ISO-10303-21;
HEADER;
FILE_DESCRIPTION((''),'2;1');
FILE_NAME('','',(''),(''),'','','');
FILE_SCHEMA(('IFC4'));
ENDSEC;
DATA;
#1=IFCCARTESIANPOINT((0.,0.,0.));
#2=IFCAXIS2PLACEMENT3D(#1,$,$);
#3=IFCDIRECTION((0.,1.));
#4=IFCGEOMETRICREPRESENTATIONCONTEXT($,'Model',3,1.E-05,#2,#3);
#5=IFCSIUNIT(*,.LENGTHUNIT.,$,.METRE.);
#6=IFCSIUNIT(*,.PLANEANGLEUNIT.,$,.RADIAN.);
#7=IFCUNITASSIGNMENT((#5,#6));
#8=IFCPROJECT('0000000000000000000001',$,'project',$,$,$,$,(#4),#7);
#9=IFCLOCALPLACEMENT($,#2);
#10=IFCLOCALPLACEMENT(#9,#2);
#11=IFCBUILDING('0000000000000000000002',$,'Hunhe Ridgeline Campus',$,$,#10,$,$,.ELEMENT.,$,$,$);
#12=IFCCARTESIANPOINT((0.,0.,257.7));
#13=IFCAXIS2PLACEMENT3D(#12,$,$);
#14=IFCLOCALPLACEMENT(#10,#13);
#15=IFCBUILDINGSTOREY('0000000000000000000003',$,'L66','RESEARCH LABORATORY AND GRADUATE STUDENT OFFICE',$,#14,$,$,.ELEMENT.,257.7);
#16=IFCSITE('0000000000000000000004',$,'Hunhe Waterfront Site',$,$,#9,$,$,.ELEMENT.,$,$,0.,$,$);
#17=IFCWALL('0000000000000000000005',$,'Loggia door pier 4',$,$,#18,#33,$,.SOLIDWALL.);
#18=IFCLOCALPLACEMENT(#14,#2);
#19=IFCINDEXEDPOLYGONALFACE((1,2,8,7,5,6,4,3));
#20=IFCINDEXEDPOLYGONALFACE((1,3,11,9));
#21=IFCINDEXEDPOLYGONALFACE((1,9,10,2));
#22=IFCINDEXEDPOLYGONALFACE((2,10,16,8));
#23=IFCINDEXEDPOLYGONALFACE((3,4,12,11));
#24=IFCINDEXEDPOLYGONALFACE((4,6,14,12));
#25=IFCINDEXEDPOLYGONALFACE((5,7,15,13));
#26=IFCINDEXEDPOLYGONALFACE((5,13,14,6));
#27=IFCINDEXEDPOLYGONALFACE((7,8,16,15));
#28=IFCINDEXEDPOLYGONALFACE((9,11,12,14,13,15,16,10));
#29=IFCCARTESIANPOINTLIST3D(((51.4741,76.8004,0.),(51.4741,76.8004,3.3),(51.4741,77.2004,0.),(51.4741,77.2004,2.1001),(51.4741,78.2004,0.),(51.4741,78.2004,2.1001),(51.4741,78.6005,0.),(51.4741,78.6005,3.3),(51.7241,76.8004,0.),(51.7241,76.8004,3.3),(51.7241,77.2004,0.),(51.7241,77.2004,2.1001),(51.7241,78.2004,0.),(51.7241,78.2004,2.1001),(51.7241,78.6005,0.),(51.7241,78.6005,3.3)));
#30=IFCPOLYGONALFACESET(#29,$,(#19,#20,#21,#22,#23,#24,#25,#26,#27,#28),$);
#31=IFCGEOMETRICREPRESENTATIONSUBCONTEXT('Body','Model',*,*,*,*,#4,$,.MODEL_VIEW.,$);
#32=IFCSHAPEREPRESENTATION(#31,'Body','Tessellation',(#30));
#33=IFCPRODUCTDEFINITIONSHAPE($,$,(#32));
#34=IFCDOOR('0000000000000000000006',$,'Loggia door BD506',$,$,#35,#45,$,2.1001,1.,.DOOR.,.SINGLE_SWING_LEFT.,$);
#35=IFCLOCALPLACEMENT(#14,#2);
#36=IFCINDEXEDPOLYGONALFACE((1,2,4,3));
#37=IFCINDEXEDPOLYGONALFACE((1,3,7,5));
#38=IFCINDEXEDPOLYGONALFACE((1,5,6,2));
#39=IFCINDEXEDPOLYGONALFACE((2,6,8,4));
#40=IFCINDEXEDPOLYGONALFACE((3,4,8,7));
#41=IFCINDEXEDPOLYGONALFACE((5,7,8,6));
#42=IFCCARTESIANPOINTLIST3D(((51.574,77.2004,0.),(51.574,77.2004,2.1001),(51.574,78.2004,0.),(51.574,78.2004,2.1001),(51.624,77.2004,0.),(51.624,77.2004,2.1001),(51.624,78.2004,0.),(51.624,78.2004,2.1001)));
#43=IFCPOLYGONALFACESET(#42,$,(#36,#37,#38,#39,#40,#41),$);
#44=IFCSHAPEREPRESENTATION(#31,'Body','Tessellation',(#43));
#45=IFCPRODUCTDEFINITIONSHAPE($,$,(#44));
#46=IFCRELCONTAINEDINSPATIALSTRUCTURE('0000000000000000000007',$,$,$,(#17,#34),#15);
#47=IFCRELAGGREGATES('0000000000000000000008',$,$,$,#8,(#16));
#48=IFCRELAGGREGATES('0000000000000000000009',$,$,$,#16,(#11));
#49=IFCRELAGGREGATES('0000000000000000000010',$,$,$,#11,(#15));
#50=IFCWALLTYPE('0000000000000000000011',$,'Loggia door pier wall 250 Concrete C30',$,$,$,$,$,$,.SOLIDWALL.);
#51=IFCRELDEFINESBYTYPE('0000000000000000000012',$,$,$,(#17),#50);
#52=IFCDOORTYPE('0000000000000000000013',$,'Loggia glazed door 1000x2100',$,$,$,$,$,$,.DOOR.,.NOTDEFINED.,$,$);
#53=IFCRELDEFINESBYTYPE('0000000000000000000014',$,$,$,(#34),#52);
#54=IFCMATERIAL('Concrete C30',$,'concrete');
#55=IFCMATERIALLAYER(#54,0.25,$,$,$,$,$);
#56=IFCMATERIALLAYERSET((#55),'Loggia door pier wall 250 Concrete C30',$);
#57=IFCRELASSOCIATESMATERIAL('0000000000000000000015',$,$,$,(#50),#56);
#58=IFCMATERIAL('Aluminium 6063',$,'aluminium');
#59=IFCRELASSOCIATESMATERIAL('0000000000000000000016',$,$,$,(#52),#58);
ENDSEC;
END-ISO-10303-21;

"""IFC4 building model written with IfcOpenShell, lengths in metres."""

from ifc_helpers import new_model, si_unit, direction, frame, frame_2d, origin, place, context, subcontext, project, spatial, rectangle, extrude, material, layer, layer_set, type_object, element, fill, save


model = new_model("IFC4")

# Units and contexts
model_context = context("Model", 3, precision=1e-05, world=origin(), true_north=direction((0.0, 1.0)))
body_context = subcontext(model_context, "Body", "Model", "MODEL_VIEW")
ifc_project = project(units=[si_unit("LENGTHUNIT", "METRE"), si_unit("PLANEANGLEUNIT", "RADIAN")], contexts=[model_context])

# Site, building, storey
site_placement = place(None, origin())
site = spatial("IfcSite", under=ifc_project, at=site_placement, Name="Hunhe Waterfront Site", CompositionType="ELEMENT", RefElevation=0.0)
building_placement = place(site_placement, origin())
building = spatial("IfcBuilding", under=site, at=building_placement, Name="Hunhe Ridgeline Campus", CompositionType="ELEMENT")
storey_placement = place(building_placement, frame((0.0, 0.0, 257.7)))
storey = spatial("IfcBuildingStorey", under=building, at=storey_placement, Name="L66", Description="RESEARCH LABORATORY AND GRADUATE STUDENT OFFICE", CompositionType="ELEMENT", Elevation=257.7)

# Shared definitions
ifc_material_1 = material(Name="Aluminium 6063", Category="aluminium")

# Wall, opening, door
ifc_material_2 = material(Name="Concrete C30", Category="concrete")
ifc_layer_1 = layer(ifc_material_2, 0.25)
ifc_layer_set_1 = layer_set([ifc_layer_1], Name="Loggia door pier wall 250 Concrete C30")
wall_type_1 = type_object("IfcWallType", Name="Loggia door pier wall 250 Concrete C30", PredefinedType="SOLIDWALL", material=ifc_layer_set_1)
wall_1_placement = place(storey_placement, frame((51.5991, 76.8005, 0.0), z_axis=(0.0, 0.0, 1.0), x_axis=(0.0, 1.0, 0.0)))
wall_1 = element("IfcWall", 1, at=wall_1_placement, inside=storey, type_object=wall_type_1, Name="Loggia door pier 4", PredefinedType="SOLIDWALL", context=body_context, shape_type="SweptSolid", body=[
    extrude(rectangle(XDim=1.8, YDim=0.25, at=frame_2d((0.8999, 0.0))), origin(), (0.0, 0.0, 1.0), 3.3),
])
opening_1_placement = place(wall_1_placement, frame((0.3999, 0.0, 0.0)))
opening_1 = element("IfcOpeningElement", 2, at=opening_1_placement, cuts=wall_1, PredefinedType="OPENING", context=body_context, shape_type="SweptSolid", body=[
    extrude(rectangle(XDim=1.0, YDim=2.1001, at=frame_2d((0.5, 1.05))), frame((0.0, 0.125, 0.0), z_axis=(0.0, -1.0, 0.0), x_axis=(1.0, 0.0, 0.0)), (0.0, 0.0, 1.0), 0.25),
])
door_type_1 = type_object("IfcDoorType", Name="Loggia glazed door 1000x2100", OperationType="NOTDEFINED", PredefinedType="DOOR", material=ifc_material_1)
door_1_placement = place(opening_1_placement, frame((1.0, 0.0, 0.0), z_axis=(0.0, 0.0, 1.0), x_axis=(-1.0, 0.0, 0.0)))
door_1 = element("IfcDoor", 3, at=door_1_placement, inside=storey, type_object=door_type_1, Name="Loggia door BD506", OperationType="SINGLE_SWING_LEFT", OverallHeight=2.1001, OverallWidth=1.0, PredefinedType="DOOR", context=body_context, shape_type="SweptSolid", body=[
    extrude(rectangle(XDim=1.0, YDim=2.1001, at=frame_2d((0.5, 1.05))), frame((0.0, 0.0249, 0.0), z_axis=(0.0, -1.0, 0.0), x_axis=(1.0, 0.0, 0.0)), (0.0, 0.0, 1.0), 0.05),
])
fill(opening_1, door_1)

save(model, "model.ifc")
